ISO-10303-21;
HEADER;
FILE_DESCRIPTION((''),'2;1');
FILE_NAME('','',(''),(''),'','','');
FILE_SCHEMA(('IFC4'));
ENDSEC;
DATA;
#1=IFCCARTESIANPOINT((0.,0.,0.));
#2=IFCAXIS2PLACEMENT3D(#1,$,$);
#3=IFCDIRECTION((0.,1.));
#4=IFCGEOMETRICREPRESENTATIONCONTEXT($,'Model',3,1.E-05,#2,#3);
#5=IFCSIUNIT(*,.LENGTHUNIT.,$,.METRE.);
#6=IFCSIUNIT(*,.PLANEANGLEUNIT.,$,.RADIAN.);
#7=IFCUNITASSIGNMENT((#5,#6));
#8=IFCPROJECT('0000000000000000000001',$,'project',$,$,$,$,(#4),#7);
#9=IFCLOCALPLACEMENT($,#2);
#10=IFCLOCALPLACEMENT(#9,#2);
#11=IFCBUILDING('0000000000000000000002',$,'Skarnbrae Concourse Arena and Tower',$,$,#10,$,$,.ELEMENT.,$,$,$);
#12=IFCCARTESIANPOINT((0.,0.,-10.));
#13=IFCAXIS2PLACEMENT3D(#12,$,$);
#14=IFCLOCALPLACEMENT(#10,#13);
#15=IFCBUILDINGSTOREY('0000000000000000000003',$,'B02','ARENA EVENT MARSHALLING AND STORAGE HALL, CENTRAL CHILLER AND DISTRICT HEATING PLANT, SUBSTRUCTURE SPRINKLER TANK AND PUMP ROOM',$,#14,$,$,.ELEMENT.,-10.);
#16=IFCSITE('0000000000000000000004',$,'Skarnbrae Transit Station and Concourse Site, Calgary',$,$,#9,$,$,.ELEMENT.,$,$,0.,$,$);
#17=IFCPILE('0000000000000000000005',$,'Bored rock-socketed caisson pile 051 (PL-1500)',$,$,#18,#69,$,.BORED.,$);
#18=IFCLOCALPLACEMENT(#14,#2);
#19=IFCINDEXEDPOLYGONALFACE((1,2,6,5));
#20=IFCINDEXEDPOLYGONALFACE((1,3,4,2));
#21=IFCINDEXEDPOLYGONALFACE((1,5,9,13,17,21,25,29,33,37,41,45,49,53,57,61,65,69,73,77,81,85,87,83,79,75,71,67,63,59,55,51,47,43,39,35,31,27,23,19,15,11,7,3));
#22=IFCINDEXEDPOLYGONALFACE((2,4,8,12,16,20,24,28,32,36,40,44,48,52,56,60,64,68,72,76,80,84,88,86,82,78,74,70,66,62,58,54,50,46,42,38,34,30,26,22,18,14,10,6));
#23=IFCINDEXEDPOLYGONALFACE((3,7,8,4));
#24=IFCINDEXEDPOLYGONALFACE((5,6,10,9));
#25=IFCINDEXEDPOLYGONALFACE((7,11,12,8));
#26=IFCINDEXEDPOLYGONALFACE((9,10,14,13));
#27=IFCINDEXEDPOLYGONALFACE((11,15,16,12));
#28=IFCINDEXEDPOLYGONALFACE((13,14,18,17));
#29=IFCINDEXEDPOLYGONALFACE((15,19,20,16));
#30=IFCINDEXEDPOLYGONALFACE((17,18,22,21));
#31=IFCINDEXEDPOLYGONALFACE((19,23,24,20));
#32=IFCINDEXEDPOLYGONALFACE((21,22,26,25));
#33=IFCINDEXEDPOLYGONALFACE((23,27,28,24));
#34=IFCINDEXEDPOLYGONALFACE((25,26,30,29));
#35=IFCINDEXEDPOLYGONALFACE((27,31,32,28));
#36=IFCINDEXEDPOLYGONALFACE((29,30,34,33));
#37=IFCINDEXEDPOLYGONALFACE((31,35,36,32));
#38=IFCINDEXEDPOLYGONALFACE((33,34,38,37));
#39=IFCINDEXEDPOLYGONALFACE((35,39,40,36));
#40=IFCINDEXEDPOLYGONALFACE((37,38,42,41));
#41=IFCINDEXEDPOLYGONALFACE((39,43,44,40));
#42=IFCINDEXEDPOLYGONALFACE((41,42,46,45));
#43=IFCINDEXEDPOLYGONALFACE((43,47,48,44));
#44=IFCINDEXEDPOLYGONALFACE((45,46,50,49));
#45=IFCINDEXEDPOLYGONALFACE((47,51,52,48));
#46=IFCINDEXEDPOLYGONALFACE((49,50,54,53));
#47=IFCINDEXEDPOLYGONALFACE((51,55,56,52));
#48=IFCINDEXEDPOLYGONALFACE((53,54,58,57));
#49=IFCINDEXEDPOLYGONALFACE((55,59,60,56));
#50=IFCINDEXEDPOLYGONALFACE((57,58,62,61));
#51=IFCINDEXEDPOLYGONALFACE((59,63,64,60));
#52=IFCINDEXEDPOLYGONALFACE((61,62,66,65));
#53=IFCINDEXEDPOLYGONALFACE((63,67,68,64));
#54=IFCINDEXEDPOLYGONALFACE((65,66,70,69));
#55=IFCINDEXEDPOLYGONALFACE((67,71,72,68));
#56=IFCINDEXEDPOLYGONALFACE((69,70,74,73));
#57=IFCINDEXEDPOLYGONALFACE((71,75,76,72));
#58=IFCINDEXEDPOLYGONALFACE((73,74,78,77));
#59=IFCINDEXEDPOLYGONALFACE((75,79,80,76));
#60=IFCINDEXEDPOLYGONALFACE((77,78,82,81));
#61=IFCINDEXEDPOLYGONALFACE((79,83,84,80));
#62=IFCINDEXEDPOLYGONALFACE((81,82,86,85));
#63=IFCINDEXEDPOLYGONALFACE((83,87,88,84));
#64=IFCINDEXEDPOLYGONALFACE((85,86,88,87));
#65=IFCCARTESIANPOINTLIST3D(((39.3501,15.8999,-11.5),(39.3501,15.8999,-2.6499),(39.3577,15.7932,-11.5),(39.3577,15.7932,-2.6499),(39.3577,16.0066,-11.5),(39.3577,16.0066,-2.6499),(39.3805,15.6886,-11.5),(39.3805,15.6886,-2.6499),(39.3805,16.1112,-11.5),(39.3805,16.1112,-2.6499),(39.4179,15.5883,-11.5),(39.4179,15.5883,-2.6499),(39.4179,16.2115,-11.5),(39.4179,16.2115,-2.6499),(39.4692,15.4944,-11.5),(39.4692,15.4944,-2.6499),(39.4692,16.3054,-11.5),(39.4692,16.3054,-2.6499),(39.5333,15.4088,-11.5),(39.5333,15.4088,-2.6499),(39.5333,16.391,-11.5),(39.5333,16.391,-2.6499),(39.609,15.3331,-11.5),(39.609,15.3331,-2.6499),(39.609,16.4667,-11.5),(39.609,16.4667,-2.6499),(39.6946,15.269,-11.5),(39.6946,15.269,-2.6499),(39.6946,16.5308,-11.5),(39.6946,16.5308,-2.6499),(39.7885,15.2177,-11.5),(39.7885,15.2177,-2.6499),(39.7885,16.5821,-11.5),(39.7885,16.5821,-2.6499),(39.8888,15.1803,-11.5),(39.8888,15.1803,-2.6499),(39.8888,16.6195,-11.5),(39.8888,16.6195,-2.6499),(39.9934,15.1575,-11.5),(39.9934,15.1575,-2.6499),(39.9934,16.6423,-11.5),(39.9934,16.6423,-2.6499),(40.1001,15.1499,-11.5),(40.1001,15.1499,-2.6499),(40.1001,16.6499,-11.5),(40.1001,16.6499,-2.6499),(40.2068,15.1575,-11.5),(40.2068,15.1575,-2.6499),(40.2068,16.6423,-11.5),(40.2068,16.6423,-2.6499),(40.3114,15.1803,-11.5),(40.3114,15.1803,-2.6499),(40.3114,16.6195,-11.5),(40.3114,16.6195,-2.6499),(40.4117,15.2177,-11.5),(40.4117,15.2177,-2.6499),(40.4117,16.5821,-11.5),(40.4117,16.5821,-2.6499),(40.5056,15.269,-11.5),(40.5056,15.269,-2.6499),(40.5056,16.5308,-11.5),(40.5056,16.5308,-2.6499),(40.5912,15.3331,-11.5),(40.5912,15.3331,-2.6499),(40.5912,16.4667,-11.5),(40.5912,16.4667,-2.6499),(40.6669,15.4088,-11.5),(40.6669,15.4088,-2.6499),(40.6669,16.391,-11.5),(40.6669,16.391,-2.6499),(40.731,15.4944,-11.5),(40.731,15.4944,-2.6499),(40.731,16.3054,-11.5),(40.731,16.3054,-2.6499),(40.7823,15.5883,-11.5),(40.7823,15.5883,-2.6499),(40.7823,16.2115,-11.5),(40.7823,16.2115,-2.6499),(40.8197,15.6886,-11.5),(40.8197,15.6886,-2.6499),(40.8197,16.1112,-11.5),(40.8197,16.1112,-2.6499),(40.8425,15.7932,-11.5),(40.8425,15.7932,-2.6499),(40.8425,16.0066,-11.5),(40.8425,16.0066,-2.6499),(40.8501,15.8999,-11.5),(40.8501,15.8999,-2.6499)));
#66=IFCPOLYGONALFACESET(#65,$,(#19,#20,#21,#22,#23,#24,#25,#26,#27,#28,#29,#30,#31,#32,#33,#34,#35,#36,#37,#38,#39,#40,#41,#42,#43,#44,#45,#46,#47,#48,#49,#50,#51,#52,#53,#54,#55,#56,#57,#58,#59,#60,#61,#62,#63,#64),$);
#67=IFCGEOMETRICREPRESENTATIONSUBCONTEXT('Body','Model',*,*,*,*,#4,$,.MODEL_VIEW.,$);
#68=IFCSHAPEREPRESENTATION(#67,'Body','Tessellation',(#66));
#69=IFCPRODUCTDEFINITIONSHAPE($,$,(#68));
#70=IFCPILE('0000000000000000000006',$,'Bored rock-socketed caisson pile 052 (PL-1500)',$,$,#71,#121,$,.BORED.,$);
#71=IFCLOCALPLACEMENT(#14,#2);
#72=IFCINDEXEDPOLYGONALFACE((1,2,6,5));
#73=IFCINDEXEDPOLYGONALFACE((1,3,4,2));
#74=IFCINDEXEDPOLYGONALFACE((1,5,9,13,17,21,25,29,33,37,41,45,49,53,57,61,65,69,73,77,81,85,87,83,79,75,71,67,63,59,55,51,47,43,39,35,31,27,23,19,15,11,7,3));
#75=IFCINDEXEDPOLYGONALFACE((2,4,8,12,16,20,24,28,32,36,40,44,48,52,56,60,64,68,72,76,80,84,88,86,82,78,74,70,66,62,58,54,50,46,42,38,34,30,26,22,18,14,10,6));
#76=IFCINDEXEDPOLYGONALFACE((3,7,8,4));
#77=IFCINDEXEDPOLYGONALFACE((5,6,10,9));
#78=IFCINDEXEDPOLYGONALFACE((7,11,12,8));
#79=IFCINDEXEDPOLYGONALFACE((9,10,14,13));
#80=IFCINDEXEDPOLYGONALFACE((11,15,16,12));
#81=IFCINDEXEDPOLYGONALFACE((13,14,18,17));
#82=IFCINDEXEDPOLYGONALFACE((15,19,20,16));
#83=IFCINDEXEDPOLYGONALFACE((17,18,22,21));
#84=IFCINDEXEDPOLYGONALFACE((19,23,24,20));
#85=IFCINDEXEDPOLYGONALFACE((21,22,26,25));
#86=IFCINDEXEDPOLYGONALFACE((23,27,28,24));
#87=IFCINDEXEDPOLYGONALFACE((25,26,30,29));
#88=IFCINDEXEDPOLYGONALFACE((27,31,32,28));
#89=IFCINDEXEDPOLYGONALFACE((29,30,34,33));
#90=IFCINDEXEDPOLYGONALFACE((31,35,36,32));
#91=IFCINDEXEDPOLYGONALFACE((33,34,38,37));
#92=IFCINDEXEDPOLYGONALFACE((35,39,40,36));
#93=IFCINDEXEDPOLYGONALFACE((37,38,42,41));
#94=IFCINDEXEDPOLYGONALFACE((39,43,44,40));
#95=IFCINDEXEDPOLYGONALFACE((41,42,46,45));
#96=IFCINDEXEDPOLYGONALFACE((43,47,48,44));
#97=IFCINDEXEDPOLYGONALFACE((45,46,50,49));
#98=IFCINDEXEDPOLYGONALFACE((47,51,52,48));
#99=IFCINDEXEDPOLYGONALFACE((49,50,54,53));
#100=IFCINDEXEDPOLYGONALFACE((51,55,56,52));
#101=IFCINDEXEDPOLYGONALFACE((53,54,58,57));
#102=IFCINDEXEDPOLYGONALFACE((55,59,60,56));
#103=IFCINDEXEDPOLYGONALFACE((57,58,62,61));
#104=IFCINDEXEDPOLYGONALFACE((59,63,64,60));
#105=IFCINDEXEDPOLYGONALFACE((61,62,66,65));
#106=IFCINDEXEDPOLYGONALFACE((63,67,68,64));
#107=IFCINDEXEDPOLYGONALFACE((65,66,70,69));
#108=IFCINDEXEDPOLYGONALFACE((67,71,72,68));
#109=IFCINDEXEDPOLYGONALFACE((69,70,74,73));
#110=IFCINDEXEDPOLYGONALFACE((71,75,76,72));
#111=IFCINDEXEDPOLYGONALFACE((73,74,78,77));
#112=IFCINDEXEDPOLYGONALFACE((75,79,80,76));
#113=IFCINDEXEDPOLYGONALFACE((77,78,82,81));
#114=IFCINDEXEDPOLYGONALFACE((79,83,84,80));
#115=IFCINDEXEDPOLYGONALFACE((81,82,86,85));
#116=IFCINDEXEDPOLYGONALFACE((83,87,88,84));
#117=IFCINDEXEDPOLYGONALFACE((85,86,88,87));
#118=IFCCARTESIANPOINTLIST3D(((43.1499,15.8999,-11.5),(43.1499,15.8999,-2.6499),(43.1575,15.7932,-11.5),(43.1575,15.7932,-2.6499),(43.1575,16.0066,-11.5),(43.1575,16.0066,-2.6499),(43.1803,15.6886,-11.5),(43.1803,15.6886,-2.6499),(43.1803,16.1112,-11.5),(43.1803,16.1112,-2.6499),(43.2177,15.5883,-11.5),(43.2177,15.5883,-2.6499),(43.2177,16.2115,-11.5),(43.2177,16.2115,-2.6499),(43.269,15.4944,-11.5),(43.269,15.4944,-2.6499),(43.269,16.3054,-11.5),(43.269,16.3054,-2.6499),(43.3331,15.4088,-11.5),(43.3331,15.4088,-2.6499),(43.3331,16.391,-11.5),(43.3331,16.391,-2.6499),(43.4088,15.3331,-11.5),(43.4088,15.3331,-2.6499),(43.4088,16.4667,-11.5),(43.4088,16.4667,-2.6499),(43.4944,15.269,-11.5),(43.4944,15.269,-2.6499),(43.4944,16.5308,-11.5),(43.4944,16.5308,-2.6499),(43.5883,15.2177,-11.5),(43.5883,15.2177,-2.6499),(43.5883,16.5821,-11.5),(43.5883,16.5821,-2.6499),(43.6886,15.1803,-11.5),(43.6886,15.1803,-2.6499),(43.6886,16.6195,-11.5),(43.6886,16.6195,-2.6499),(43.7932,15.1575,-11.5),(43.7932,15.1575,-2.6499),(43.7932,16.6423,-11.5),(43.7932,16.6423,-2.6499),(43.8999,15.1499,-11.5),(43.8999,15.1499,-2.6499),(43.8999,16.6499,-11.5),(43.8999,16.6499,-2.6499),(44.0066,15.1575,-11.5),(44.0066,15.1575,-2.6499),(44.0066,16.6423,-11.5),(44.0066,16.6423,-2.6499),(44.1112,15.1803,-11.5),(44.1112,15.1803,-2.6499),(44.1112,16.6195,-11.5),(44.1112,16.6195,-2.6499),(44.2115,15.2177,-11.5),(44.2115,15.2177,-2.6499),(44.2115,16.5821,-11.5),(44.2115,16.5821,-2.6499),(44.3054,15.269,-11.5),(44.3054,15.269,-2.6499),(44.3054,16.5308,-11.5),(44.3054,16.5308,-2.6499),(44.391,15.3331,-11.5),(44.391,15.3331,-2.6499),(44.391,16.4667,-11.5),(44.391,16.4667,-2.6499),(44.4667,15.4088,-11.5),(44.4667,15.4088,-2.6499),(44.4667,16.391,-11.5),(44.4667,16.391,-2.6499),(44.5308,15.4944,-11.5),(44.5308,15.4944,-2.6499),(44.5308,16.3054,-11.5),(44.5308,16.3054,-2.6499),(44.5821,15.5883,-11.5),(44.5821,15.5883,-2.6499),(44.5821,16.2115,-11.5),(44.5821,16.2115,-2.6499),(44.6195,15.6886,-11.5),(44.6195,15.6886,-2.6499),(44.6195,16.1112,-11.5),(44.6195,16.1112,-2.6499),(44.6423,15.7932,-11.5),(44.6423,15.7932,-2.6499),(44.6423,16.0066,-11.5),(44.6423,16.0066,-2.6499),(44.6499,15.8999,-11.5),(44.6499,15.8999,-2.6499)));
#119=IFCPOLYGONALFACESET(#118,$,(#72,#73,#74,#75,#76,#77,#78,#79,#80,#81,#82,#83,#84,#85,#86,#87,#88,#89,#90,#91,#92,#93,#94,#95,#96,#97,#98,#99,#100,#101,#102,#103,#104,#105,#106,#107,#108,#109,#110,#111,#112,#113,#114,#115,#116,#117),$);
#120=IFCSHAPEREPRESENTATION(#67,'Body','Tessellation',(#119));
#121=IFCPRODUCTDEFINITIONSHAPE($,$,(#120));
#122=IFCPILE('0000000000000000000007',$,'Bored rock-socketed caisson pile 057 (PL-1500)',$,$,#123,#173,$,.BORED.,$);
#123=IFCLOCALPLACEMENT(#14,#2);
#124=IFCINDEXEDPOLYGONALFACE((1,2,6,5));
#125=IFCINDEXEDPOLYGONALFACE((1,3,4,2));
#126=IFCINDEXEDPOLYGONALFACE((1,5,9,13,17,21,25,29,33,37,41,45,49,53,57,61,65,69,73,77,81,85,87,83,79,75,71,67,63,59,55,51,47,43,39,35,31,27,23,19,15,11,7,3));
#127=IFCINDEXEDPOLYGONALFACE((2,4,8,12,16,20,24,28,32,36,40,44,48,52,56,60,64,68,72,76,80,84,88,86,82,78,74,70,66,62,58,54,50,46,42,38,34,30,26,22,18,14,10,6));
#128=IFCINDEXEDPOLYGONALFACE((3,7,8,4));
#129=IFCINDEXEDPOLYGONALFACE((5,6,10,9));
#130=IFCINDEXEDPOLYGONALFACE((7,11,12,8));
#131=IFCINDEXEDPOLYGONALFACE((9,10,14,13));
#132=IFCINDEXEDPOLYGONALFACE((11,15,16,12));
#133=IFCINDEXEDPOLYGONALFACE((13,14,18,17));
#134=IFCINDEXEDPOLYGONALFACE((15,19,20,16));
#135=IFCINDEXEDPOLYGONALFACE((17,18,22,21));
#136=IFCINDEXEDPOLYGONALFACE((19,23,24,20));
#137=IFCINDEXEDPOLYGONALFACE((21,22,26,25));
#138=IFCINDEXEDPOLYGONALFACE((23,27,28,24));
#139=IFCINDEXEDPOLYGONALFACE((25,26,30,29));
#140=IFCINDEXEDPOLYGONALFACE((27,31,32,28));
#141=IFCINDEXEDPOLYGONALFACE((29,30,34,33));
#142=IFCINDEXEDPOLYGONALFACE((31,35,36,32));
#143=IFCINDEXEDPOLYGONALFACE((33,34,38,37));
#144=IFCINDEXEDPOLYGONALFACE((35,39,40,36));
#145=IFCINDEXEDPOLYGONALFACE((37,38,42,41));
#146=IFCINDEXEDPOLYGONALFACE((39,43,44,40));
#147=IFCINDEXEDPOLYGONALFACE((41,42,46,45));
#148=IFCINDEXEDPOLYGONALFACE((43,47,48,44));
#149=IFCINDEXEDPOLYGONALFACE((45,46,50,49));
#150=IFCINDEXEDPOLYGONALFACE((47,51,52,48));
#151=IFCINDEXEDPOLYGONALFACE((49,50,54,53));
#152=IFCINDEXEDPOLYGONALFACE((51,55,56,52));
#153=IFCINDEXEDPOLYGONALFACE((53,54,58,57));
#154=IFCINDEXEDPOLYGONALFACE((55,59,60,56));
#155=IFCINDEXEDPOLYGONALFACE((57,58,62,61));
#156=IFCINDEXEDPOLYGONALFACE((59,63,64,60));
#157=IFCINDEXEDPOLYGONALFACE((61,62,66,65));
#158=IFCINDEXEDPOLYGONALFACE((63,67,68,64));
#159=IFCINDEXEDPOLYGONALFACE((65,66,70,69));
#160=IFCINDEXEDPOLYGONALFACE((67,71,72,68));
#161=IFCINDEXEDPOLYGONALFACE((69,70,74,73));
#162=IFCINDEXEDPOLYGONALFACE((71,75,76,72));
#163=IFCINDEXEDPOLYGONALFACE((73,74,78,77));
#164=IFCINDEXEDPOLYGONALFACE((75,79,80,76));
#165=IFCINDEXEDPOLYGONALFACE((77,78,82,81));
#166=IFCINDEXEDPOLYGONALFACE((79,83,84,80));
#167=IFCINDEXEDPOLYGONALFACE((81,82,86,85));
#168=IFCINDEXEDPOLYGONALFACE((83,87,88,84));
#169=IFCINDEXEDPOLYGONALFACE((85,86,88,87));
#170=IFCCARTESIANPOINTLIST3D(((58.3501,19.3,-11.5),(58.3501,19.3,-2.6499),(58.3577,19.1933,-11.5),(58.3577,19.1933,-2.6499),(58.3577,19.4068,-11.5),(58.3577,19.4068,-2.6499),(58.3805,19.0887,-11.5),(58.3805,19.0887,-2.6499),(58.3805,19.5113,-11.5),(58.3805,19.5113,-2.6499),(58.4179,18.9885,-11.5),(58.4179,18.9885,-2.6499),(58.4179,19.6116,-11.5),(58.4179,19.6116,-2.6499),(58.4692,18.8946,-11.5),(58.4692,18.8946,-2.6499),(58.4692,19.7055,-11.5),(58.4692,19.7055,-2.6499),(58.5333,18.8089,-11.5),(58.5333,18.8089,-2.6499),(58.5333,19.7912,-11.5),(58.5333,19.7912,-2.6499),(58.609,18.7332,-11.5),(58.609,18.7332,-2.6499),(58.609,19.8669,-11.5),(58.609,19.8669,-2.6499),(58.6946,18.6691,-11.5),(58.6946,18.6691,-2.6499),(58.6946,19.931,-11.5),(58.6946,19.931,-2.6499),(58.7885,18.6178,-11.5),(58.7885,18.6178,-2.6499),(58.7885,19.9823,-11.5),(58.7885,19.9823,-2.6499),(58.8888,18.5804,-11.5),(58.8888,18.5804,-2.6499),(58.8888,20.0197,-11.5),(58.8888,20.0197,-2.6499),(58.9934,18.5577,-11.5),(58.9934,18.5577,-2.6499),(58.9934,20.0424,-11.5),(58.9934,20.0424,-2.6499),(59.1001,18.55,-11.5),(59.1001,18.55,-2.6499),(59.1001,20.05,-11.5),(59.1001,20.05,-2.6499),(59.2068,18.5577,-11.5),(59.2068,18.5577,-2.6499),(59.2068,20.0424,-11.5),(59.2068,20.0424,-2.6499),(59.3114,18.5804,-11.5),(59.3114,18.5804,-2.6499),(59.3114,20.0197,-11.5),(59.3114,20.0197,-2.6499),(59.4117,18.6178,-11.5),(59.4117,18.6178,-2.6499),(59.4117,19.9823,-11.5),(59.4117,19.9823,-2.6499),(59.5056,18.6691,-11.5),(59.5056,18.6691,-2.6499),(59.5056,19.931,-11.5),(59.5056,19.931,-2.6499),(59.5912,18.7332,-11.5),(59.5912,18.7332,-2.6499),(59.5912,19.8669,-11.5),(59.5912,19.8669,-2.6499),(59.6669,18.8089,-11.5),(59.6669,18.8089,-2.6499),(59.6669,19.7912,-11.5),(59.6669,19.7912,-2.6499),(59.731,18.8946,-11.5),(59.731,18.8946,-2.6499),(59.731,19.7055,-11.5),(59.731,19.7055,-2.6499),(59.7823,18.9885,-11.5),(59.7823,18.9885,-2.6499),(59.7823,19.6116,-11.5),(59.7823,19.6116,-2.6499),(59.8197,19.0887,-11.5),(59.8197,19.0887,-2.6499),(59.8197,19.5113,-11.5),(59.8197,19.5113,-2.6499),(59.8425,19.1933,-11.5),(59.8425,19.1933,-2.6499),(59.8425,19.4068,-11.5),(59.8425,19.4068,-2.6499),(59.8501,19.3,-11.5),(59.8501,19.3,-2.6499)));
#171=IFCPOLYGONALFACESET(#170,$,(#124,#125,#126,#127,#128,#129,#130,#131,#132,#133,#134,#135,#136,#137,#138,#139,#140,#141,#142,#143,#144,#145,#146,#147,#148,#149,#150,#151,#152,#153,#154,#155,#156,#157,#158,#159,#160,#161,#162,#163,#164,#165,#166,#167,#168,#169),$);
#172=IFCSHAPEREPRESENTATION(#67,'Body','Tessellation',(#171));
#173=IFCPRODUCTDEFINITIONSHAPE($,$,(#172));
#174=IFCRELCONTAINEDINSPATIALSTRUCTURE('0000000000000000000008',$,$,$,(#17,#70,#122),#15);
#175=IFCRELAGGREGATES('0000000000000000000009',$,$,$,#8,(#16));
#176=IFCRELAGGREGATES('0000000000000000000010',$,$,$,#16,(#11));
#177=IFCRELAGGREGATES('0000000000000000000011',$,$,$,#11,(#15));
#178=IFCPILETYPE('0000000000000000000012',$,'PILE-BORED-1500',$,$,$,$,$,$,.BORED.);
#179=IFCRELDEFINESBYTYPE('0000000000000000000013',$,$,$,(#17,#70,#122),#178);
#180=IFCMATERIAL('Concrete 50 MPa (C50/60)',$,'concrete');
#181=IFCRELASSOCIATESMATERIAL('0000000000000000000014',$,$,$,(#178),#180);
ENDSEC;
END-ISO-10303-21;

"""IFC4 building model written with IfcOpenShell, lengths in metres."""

from ifc_helpers import new_model, si_unit, direction, frame, origin, origin_2d, place, context, subcontext, project, spatial, circle, extrude, source, transform, mapped, material, material_profile, profile_set, type_object, element, save


model = new_model("IFC4")

# Units and contexts
model_context = context("Model", 3, precision=1e-05, world=origin(), true_north=direction((0.0, 1.0)))
body_context = subcontext(model_context, "Body", "Model", "MODEL_VIEW")
ifc_project = project(units=[si_unit("LENGTHUNIT", "METRE"), si_unit("PLANEANGLEUNIT", "RADIAN")], contexts=[model_context])

# Site, building, storey
site_placement = place(None, origin())
site = spatial("IfcSite", under=ifc_project, at=site_placement, Name="Skarnbrae Transit Station and Concourse Site, Calgary", CompositionType="ELEMENT", RefElevation=0.0)
building_placement = place(site_placement, origin())
building = spatial("IfcBuilding", under=site, at=building_placement, Name="Skarnbrae Concourse Arena and Tower", CompositionType="ELEMENT")
storey_placement = place(building_placement, frame((0.0, 0.0, -10.0)))
storey = spatial("IfcBuildingStorey", under=building, at=storey_placement, Name="B02", Description="ARENA EVENT MARSHALLING AND STORAGE HALL, CENTRAL CHILLER AND DISTRICT HEATING PLANT, SUBSTRUCTURE SPRINKLER TANK AND PUMP ROOM", CompositionType="ELEMENT", Elevation=-10.0)

# Piles
ifc_material_1 = material(Name="Concrete 50 MPa (C50/60)", Category="concrete")
ifc_material_profile_1 = material_profile(ifc_material_1, circle(Radius=0.75, at=origin_2d()), Name="CAISSON-1500")
ifc_profile_set_1 = profile_set([ifc_material_profile_1], Name="Concrete 50 MPa (C50/60)")
pile_type_1 = type_object("IfcPileType", Name="PILE-BORED-1500", PredefinedType="BORED", material=ifc_profile_set_1)
shared_shape_1 = source(origin(), body_context, "Body", "SweptSolid", [
    extrude(circle(Radius=0.75, at=origin_2d()), origin(), (0.0, 0.0, 1.0), 8.8501),
])
for number, where, z_axis, x_axis, name in (
    (1, (40.1001, 15.8999, -2.6499), (0.0, 0.0, -1.0), (1.0, 0.0, 0.0), "Bored rock-socketed caisson pile 051 (PL-1500)"),
    (2, (43.8999, 15.8999, -2.6499), (0.0, 0.0, -1.0), (1.0, 0.0, 0.0), "Bored rock-socketed caisson pile 052 (PL-1500)"),
    (3, (59.1001, 19.3, -2.6499), (0.0, 0.0, -1.0), (1.0, 0.0, 0.0), "Bored rock-socketed caisson pile 057 (PL-1500)"),
):
    element("IfcPile", number, at=place(storey_placement, frame(where, z_axis=z_axis, x_axis=x_axis)), inside=storey, type_object=pile_type_1, Name=name, PredefinedType="BORED", context=body_context, shape_type="MappedRepresentation", body=[
        mapped(shared_shape_1, transform((0.0, 0.0, 0.0))),
    ])

save(model, "model.ifc")
